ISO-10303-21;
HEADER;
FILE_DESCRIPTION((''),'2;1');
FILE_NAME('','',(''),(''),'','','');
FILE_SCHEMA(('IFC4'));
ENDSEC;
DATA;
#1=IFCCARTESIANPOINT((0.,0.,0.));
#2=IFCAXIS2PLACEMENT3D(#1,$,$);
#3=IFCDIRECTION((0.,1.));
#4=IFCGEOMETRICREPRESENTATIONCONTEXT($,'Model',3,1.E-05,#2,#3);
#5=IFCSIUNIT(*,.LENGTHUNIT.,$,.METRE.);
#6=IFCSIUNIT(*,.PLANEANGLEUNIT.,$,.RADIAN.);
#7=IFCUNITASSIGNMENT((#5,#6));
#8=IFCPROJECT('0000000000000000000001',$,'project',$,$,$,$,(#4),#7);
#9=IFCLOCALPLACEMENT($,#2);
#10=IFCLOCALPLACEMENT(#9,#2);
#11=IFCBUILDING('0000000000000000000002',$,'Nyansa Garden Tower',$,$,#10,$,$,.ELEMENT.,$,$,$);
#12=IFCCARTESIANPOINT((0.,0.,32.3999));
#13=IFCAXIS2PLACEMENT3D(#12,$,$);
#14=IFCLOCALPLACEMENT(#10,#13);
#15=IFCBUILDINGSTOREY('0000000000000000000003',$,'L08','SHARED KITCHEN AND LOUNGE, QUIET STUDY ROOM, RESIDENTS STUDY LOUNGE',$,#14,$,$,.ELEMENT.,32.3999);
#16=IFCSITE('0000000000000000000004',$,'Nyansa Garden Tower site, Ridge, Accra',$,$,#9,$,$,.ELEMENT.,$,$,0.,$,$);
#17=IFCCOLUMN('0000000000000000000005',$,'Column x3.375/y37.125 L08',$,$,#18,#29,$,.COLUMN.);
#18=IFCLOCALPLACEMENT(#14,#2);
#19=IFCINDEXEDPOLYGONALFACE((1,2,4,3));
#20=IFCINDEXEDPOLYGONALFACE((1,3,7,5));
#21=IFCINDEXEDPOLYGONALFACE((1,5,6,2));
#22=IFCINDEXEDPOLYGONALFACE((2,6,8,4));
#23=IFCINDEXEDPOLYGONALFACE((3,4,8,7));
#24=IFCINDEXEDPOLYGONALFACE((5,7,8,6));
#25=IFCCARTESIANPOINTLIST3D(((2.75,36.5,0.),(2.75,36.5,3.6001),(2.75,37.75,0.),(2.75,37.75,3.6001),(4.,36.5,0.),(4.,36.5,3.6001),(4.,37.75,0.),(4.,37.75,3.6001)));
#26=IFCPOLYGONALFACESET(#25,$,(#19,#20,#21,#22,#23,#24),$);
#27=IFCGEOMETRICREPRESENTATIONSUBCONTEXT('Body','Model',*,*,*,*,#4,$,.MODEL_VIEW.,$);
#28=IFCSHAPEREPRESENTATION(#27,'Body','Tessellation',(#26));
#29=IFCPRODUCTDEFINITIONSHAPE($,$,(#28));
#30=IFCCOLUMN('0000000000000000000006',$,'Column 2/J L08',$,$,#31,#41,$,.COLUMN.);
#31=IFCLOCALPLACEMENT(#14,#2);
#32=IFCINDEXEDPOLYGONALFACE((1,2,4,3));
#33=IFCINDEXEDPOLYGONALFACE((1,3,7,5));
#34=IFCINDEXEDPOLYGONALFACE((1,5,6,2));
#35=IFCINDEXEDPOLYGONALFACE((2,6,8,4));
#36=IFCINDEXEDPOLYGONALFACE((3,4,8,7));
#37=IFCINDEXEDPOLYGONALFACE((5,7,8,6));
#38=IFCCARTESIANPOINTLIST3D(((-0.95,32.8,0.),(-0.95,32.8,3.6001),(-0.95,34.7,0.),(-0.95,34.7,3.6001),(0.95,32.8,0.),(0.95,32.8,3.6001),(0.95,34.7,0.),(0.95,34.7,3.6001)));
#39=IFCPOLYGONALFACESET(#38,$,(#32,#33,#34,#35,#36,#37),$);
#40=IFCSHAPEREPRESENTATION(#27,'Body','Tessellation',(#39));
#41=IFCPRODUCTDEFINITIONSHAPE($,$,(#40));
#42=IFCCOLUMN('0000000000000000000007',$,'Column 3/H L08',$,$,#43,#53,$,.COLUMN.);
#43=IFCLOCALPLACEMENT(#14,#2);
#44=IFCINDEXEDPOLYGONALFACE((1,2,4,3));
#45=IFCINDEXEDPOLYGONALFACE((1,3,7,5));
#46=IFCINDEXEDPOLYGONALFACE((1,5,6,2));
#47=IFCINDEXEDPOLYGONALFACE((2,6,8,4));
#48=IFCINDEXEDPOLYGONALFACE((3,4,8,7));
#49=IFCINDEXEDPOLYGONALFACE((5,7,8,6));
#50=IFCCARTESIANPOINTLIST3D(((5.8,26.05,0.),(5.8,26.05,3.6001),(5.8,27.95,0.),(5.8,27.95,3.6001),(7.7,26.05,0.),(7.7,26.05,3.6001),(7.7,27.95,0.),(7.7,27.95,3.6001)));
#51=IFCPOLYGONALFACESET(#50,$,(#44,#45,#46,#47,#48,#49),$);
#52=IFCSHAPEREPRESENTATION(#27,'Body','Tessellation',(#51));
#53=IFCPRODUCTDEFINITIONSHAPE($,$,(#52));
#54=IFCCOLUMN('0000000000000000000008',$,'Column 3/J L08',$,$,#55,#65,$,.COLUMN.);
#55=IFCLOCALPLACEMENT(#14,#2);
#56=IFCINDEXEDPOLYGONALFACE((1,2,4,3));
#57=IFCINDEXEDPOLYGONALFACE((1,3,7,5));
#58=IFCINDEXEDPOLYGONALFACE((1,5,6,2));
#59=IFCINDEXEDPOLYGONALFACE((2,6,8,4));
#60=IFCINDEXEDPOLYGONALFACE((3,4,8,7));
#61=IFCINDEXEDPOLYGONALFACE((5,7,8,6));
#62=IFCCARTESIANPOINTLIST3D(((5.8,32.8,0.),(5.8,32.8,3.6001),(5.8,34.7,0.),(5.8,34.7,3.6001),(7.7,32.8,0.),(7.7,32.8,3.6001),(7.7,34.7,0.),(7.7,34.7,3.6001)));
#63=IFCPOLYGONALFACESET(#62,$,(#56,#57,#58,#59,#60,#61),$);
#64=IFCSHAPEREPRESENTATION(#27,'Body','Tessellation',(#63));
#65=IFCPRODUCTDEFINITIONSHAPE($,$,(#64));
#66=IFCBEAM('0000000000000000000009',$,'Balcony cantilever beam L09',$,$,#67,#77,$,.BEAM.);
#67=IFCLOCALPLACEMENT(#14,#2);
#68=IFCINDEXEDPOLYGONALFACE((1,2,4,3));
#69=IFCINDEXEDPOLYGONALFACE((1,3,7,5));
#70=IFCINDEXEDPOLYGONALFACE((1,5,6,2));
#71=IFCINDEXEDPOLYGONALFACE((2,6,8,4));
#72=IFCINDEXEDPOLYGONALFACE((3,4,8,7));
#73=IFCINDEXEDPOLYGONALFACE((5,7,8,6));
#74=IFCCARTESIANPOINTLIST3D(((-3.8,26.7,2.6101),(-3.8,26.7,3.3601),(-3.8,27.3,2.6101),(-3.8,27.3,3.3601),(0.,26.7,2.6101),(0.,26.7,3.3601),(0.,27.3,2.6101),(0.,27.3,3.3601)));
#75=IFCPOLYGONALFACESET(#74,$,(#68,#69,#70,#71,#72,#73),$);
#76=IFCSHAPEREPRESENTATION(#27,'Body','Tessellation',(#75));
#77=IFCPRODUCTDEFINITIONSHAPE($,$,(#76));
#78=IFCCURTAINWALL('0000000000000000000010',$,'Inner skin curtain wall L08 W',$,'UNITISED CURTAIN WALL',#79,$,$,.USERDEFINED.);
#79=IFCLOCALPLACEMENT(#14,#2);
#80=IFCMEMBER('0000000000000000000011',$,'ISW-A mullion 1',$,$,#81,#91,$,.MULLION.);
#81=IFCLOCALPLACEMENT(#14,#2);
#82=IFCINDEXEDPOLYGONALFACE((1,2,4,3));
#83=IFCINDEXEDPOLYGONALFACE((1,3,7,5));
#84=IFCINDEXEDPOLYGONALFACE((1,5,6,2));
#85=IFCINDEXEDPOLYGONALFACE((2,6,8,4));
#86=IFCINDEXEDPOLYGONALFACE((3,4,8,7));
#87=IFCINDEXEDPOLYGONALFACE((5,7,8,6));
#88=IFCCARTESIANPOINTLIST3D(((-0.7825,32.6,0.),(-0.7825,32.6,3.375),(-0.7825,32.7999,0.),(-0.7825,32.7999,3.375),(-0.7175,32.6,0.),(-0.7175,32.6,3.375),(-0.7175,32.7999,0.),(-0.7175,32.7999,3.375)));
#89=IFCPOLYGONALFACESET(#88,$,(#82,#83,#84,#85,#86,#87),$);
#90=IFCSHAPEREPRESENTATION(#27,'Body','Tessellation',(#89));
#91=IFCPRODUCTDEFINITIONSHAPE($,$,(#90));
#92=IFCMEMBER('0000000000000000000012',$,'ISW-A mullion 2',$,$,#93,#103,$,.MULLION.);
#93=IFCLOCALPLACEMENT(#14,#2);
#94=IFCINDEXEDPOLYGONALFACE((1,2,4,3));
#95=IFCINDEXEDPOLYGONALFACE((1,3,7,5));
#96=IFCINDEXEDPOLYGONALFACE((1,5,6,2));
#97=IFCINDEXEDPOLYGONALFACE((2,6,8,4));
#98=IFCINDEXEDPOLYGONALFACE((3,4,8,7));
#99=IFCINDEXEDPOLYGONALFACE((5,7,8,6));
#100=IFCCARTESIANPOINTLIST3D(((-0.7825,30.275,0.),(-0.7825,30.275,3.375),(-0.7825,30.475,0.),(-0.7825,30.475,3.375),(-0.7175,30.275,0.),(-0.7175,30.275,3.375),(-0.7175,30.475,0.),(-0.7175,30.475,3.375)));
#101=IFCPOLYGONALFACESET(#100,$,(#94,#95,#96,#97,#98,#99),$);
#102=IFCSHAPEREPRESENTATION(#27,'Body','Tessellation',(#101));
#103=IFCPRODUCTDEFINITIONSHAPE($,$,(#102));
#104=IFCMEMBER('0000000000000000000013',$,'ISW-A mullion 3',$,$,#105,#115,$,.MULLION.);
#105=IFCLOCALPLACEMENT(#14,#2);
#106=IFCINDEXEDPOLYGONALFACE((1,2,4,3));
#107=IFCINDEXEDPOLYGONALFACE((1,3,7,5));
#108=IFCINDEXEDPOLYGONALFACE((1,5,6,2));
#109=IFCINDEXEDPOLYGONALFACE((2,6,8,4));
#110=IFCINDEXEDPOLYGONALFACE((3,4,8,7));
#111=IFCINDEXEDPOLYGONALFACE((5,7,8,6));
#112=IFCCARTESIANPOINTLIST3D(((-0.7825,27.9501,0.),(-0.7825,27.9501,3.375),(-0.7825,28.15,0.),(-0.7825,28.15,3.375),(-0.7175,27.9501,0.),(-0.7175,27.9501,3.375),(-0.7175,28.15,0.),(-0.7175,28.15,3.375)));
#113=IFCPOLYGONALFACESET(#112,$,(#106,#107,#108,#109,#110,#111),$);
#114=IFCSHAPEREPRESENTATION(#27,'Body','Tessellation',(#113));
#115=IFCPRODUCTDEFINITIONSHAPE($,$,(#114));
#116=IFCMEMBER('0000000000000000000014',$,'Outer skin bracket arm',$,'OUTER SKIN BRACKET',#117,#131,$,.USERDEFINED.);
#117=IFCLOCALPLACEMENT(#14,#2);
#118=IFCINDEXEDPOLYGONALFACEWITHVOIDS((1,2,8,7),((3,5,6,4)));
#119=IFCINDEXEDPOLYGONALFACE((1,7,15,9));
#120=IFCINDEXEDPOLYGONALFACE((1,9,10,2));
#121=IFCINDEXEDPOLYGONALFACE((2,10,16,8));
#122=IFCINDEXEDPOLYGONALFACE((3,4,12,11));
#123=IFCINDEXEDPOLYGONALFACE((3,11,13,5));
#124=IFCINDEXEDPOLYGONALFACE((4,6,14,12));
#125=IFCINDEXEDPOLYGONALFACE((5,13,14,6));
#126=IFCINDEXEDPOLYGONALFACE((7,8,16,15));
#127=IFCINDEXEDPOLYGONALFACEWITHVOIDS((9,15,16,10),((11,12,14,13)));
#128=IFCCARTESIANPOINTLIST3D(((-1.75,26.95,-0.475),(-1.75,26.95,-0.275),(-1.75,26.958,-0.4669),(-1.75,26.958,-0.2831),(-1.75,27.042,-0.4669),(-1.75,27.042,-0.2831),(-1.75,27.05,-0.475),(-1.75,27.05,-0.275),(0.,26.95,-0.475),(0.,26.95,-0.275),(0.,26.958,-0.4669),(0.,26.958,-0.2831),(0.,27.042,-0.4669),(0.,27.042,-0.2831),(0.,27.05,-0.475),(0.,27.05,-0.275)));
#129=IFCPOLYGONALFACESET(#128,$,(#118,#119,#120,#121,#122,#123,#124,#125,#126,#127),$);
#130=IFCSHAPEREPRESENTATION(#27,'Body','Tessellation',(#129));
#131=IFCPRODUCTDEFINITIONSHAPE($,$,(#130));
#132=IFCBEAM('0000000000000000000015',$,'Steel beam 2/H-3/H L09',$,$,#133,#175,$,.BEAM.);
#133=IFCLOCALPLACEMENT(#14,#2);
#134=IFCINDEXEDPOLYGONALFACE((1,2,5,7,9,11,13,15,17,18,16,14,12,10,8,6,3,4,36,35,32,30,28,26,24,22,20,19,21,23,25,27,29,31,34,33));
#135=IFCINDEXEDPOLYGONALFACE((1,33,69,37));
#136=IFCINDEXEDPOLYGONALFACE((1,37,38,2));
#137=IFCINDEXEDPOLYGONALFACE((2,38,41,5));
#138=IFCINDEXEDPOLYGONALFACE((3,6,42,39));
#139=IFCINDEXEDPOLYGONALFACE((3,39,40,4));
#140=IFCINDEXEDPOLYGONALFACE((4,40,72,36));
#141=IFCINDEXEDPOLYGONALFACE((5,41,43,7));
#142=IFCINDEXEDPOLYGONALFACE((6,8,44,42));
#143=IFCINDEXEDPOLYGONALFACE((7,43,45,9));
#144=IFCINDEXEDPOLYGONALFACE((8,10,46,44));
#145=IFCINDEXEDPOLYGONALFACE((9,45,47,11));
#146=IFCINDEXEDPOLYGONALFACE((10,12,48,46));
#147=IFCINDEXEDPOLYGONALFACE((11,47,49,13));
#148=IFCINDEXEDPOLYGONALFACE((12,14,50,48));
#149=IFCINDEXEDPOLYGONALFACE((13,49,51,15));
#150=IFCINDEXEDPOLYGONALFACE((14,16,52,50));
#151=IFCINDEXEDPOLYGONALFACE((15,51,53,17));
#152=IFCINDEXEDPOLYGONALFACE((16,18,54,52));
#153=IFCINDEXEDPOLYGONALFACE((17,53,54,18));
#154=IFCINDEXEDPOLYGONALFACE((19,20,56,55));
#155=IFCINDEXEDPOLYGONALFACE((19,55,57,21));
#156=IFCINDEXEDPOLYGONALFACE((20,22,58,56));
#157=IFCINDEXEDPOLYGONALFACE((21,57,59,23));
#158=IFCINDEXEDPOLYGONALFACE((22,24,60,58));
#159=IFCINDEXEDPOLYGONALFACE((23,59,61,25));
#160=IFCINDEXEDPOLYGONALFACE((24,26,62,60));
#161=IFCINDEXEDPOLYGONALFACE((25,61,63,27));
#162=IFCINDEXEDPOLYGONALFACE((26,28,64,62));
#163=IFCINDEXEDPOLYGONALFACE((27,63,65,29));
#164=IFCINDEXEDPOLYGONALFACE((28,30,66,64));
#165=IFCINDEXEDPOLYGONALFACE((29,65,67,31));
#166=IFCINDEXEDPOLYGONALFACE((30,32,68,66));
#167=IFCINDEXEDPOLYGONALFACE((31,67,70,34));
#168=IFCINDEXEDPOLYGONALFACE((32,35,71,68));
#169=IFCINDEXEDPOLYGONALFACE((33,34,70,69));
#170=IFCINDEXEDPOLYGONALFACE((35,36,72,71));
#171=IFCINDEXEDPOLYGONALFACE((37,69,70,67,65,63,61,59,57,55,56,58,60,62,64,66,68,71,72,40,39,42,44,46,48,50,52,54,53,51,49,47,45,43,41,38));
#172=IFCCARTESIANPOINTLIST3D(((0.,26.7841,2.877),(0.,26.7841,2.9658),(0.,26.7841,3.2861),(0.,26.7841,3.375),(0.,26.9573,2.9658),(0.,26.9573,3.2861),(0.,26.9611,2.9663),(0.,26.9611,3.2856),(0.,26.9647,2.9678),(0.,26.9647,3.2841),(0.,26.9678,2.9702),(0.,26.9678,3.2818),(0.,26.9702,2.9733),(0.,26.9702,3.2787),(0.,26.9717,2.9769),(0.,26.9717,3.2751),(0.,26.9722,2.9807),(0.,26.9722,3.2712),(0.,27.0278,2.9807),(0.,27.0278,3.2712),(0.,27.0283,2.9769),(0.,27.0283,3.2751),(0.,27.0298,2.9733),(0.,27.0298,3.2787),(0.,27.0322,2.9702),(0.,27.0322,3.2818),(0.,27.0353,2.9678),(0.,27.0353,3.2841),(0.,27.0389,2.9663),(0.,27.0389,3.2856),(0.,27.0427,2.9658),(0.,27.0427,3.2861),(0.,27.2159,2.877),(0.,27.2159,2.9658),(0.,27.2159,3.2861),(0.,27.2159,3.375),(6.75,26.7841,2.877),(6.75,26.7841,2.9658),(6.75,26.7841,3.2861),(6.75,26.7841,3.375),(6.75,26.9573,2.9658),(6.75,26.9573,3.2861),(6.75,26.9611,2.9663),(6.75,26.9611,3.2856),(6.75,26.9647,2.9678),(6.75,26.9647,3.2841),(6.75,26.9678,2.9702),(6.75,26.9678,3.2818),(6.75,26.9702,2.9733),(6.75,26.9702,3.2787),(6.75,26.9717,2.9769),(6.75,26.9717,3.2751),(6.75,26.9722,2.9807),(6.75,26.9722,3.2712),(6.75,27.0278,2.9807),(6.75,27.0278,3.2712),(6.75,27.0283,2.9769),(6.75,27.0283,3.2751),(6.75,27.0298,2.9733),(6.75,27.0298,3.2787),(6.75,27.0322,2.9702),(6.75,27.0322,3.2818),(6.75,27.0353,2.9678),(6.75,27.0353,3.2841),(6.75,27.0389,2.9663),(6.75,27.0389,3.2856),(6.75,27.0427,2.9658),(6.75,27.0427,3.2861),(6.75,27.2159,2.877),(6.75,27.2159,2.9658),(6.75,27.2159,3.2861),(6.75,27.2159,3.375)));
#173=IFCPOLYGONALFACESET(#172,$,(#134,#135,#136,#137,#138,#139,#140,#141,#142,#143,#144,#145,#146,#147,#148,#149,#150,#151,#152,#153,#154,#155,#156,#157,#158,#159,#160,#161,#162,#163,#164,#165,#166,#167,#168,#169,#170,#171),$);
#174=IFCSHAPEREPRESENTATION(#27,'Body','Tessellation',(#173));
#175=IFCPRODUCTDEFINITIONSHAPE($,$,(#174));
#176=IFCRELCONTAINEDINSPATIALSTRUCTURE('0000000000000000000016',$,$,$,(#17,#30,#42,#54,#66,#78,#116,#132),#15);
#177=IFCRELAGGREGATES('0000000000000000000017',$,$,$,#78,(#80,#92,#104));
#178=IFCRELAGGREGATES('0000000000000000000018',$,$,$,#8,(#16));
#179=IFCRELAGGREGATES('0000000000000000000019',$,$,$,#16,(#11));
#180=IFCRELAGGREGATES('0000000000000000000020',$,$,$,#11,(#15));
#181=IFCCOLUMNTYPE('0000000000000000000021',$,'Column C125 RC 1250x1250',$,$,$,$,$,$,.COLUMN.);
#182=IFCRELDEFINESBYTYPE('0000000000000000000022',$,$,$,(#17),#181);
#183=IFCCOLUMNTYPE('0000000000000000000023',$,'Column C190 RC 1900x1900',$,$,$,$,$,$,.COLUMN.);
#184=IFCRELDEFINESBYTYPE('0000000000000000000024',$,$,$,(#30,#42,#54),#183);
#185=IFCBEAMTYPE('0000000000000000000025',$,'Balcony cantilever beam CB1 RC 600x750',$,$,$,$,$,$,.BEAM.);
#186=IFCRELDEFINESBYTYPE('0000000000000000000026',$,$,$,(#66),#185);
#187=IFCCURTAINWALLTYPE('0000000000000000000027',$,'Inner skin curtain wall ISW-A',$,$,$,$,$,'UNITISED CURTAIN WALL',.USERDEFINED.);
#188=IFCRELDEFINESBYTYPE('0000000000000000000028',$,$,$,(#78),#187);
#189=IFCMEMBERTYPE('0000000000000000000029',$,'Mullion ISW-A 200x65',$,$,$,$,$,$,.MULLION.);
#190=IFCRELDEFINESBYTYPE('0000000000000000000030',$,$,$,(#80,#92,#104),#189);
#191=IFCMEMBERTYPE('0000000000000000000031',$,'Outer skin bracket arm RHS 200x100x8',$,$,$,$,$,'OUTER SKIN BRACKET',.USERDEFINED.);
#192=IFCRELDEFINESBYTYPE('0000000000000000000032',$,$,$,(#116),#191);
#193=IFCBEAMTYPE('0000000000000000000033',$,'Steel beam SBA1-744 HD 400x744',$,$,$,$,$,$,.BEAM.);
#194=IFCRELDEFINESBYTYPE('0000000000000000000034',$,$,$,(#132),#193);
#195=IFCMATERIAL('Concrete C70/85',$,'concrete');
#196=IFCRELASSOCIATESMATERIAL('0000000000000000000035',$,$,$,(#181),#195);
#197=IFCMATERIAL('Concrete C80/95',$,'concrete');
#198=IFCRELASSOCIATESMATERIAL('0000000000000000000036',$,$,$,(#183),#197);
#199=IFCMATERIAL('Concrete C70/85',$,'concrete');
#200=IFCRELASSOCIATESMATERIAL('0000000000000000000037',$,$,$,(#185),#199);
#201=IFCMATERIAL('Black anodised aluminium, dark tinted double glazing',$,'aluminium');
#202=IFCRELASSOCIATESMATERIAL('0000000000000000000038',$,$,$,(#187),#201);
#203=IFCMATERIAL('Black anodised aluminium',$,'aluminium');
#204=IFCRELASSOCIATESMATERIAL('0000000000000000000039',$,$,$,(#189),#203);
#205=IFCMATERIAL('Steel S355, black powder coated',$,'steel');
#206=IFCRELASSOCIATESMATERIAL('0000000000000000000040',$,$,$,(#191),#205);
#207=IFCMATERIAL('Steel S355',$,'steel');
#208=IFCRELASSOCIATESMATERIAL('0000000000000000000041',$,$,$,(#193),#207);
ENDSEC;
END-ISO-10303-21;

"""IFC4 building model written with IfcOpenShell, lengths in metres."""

from ifc_helpers import new_model, si_unit, direction, frame, origin, origin_2d, place, context, subcontext, project, spatial, rectangle, hollow_rectangle, i_section, extrude, material, material_profile, profile_set, type_object, element, aggregate, save


model = new_model("IFC4")

# Units and contexts
model_context = context("Model", 3, precision=1e-05, world=origin(), true_north=direction((0.0, 1.0)))
body_context = subcontext(model_context, "Body", "Model", "MODEL_VIEW")
ifc_project = project(units=[si_unit("LENGTHUNIT", "METRE"), si_unit("PLANEANGLEUNIT", "RADIAN")], contexts=[model_context])

# Site, building, storey
site_placement = place(None, origin())
site = spatial("IfcSite", under=ifc_project, at=site_placement, Name="Nyansa Garden Tower site, Ridge, Accra", CompositionType="ELEMENT", RefElevation=0.0)
building_placement = place(site_placement, origin())
building = spatial("IfcBuilding", under=site, at=building_placement, Name="Nyansa Garden Tower", CompositionType="ELEMENT")
storey_placement = place(building_placement, frame((0.0, 0.0, 32.3999)))
storey = spatial("IfcBuildingStorey", under=building, at=storey_placement, Name="L08", Description="SHARED KITCHEN AND LOUNGE, QUIET STUDY ROOM, RESIDENTS STUDY LOUNGE", CompositionType="ELEMENT", Elevation=32.3999)

# Columns
ifc_material_1 = material(Name="Concrete C70/85", Category="concrete")
ifc_material_profile_1 = material_profile(ifc_material_1, rectangle(XDim=1.25, YDim=1.25, at=origin_2d()), Name="RC 1250x1250")
ifc_profile_set_1 = profile_set([ifc_material_profile_1], Name="Concrete C70/85")
column_type_1 = type_object("IfcColumnType", Name="Column C125 RC 1250x1250", PredefinedType="COLUMN", material=ifc_profile_set_1)
column_placement = place(storey_placement, frame((3.375, 37.125, 0.0), z_axis=(0.0, 0.0, 1.0), x_axis=(1.0, 0.0, 0.0)))
element("IfcColumn", 1, at=column_placement, inside=storey, type_object=column_type_1, Name="Column x3.375/y37.125 L08", PredefinedType="COLUMN", context=body_context, shape_type="SweptSolid", body=[
    extrude(rectangle(XDim=1.25, YDim=1.25, at=origin_2d()), origin(), (0.0, 0.0, 1.0), 3.6001),
])
ifc_material_2 = material(Name="Concrete C80/95", Category="concrete")
ifc_material_profile_2 = material_profile(ifc_material_2, rectangle(XDim=1.8999, YDim=1.8999, at=origin_2d()), Name="RC 1900x1900")
ifc_profile_set_2 = profile_set([ifc_material_profile_2], Name="Concrete C80/95")
column_type_2 = type_object("IfcColumnType", Name="Column C190 RC 1900x1900", PredefinedType="COLUMN", material=ifc_profile_set_2)
for number, where, z_axis, x_axis, name in (
    (2, (0.0, 33.75, 0.0), (0.0, 0.0, 1.0), (1.0, 0.0, 0.0), "Column 2/J L08"),
    (3, (6.75, 27.0, 0.0), (0.0, 0.0, 1.0), (1.0, 0.0, 0.0), "Column 3/H L08"),
    (4, (6.75, 33.75, 0.0), (0.0, 0.0, 1.0), (1.0, 0.0, 0.0), "Column 3/J L08"),
):
    element("IfcColumn", number, at=place(storey_placement, frame(where, z_axis=z_axis, x_axis=x_axis)), inside=storey, type_object=column_type_2, Name=name, PredefinedType="COLUMN", context=body_context, shape_type="SweptSolid", body=[
        extrude(rectangle(XDim=1.8999, YDim=1.8999, at=origin_2d()), origin(), (0.0, 0.0, 1.0), 3.6001),
    ])

# Beam
ifc_material_3 = material(Name="Concrete C70/85", Category="concrete")
ifc_material_profile_3 = material_profile(ifc_material_3, rectangle(XDim=0.6001, YDim=0.75, at=origin_2d()), Name="RC 600x750")
ifc_profile_set_3 = profile_set([ifc_material_profile_3], Name="Concrete C70/85")
beam_type_1 = type_object("IfcBeamType", Name="Balcony cantilever beam CB1 RC 600x750", PredefinedType="BEAM", material=ifc_profile_set_3)
beam_1_placement = place(storey_placement, frame((0.0, 27.0, 2.9851), z_axis=(-1.0, 0.0, 0.0), x_axis=(0.0, -1.0, 0.0)))
element("IfcBeam", 5, at=beam_1_placement, inside=storey, type_object=beam_type_1, Name="Balcony cantilever beam L09", PredefinedType="BEAM", context=body_context, shape_type="SweptSolid", body=[
    extrude(rectangle(XDim=0.6001, YDim=0.75, at=origin_2d()), origin(), (0.0, 0.0, 1.0), 3.8),
])

# Curtain wall, members
ifc_material_4 = material(Name="Black anodised aluminium, dark tinted double glazing", Category="aluminium")
curtain_wall_type = type_object("IfcCurtainWallType", Name="Inner skin curtain wall ISW-A", ElementType="UNITISED CURTAIN WALL", PredefinedType="USERDEFINED", material=ifc_material_4)
curtain_wall_placement = place(storey_placement, origin())
curtain_wall = element("IfcCurtainWall", 6, at=curtain_wall_placement, inside=storey, type_object=curtain_wall_type, Name="Inner skin curtain wall L08 W", ObjectType="UNITISED CURTAIN WALL", PredefinedType="USERDEFINED")
ifc_material_5 = material(Name="Black anodised aluminium", Category="aluminium")
ifc_material_profile_4 = material_profile(ifc_material_5, rectangle(XDim=0.0649, YDim=0.2, at=origin_2d()), Name="Mullion 200x65")
ifc_profile_set_4 = profile_set([ifc_material_profile_4], Name="Black anodised aluminium")
member_type_1 = type_object("IfcMemberType", Name="Mullion ISW-A 200x65", PredefinedType="MULLION", material=ifc_profile_set_4)
member_1_placement = place(storey_placement, frame((-0.75, 32.7, 0.0), z_axis=(0.0, 0.0, 1.0), x_axis=(1.0, 0.0, 0.0)))
member_1 = element("IfcMember", 7, at=member_1_placement, type_object=member_type_1, Name="ISW-A mullion 1", PredefinedType="MULLION", context=body_context, shape_type="SweptSolid", body=[
    extrude(rectangle(XDim=0.0649, YDim=0.2, at=origin_2d()), origin(), (0.0, 0.0, 1.0), 3.375),
])
member_2_placement = place(storey_placement, frame((-0.75, 30.375, 0.0), z_axis=(0.0, 0.0, 1.0), x_axis=(1.0, 0.0, 0.0)))
member_2 = element("IfcMember", 8, at=member_2_placement, type_object=member_type_1, Name="ISW-A mullion 2", PredefinedType="MULLION", context=body_context, shape_type="SweptSolid", body=[
    extrude(rectangle(XDim=0.0649, YDim=0.2, at=origin_2d()), origin(), (0.0, 0.0, 1.0), 3.375),
])
member_3_placement = place(storey_placement, frame((-0.75, 28.05, 0.0), z_axis=(0.0, 0.0, 1.0), x_axis=(1.0, 0.0, 0.0)))
member_3 = element("IfcMember", 9, at=member_3_placement, type_object=member_type_1, Name="ISW-A mullion 3", PredefinedType="MULLION", context=body_context, shape_type="SweptSolid", body=[
    extrude(rectangle(XDim=0.0649, YDim=0.2, at=origin_2d()), origin(), (0.0, 0.0, 1.0), 3.375),
])

# Member
ifc_material_6 = material(Name="Steel S355, black powder coated", Category="steel")
ifc_material_profile_5 = material_profile(ifc_material_6, hollow_rectangle(XDim=0.1001, YDim=0.2, WallThickness=0.0081, at=origin_2d()), Name="RHS 200x100x8")
ifc_profile_set_5 = profile_set([ifc_material_profile_5], Name="Steel S355, black powder coated")
member_type_2 = type_object("IfcMemberType", Name="Outer skin bracket arm RHS 200x100x8", ElementType="OUTER SKIN BRACKET", PredefinedType="USERDEFINED", material=ifc_profile_set_5)
member_4_placement = place(storey_placement, frame((0.0, 27.0, -0.375), z_axis=(-1.0, 0.0, 0.0), x_axis=(0.0, -1.0, 0.0)))
element("IfcMember", 10, at=member_4_placement, inside=storey, type_object=member_type_2, Name="Outer skin bracket arm", ObjectType="OUTER SKIN BRACKET", PredefinedType="USERDEFINED", context=body_context, shape_type="SweptSolid", body=[
    extrude(hollow_rectangle(XDim=0.1001, YDim=0.2, WallThickness=0.0081, at=origin_2d()), origin(), (0.0, 0.0, 1.0), 1.75),
])

# Beam
ifc_material_7 = material(Name="Steel S355", Category="steel")
ifc_material_profile_6 = material_profile(ifc_material_7, i_section(OverallWidth=0.4319, OverallDepth=0.498, WebThickness=0.0557, FlangeThickness=0.0889, FilletRadius=0.0149, at=origin_2d()), Name="HD 400x744")
ifc_profile_set_6 = profile_set([ifc_material_profile_6], Name="Steel S355")
beam_type_2 = type_object("IfcBeamType", Name="Steel beam SBA1-744 HD 400x744", PredefinedType="BEAM", material=ifc_profile_set_6)
for number, where, z_axis, x_axis, name in (
    (11, (0.0, 27.0, 3.126), (1.0, 0.0, 0.0), (0.0, 1.0, 0.0), "Steel beam 2/H-3/H L09"),
):
    element("IfcBeam", number, at=place(storey_placement, frame(where, z_axis=z_axis, x_axis=x_axis)), inside=storey, type_object=beam_type_2, Name=name, PredefinedType="BEAM", context=body_context, shape_type="SweptSolid", body=[
        extrude(i_section(OverallWidth=0.4319, OverallDepth=0.498, WebThickness=0.0557, FlangeThickness=0.0889, FilletRadius=0.0149, at=origin_2d()), origin(), (0.0, 0.0, 1.0), 6.75),
    ])

aggregate(curtain_wall, [member_1, member_2, member_3])

save(model, "model.ifc")
